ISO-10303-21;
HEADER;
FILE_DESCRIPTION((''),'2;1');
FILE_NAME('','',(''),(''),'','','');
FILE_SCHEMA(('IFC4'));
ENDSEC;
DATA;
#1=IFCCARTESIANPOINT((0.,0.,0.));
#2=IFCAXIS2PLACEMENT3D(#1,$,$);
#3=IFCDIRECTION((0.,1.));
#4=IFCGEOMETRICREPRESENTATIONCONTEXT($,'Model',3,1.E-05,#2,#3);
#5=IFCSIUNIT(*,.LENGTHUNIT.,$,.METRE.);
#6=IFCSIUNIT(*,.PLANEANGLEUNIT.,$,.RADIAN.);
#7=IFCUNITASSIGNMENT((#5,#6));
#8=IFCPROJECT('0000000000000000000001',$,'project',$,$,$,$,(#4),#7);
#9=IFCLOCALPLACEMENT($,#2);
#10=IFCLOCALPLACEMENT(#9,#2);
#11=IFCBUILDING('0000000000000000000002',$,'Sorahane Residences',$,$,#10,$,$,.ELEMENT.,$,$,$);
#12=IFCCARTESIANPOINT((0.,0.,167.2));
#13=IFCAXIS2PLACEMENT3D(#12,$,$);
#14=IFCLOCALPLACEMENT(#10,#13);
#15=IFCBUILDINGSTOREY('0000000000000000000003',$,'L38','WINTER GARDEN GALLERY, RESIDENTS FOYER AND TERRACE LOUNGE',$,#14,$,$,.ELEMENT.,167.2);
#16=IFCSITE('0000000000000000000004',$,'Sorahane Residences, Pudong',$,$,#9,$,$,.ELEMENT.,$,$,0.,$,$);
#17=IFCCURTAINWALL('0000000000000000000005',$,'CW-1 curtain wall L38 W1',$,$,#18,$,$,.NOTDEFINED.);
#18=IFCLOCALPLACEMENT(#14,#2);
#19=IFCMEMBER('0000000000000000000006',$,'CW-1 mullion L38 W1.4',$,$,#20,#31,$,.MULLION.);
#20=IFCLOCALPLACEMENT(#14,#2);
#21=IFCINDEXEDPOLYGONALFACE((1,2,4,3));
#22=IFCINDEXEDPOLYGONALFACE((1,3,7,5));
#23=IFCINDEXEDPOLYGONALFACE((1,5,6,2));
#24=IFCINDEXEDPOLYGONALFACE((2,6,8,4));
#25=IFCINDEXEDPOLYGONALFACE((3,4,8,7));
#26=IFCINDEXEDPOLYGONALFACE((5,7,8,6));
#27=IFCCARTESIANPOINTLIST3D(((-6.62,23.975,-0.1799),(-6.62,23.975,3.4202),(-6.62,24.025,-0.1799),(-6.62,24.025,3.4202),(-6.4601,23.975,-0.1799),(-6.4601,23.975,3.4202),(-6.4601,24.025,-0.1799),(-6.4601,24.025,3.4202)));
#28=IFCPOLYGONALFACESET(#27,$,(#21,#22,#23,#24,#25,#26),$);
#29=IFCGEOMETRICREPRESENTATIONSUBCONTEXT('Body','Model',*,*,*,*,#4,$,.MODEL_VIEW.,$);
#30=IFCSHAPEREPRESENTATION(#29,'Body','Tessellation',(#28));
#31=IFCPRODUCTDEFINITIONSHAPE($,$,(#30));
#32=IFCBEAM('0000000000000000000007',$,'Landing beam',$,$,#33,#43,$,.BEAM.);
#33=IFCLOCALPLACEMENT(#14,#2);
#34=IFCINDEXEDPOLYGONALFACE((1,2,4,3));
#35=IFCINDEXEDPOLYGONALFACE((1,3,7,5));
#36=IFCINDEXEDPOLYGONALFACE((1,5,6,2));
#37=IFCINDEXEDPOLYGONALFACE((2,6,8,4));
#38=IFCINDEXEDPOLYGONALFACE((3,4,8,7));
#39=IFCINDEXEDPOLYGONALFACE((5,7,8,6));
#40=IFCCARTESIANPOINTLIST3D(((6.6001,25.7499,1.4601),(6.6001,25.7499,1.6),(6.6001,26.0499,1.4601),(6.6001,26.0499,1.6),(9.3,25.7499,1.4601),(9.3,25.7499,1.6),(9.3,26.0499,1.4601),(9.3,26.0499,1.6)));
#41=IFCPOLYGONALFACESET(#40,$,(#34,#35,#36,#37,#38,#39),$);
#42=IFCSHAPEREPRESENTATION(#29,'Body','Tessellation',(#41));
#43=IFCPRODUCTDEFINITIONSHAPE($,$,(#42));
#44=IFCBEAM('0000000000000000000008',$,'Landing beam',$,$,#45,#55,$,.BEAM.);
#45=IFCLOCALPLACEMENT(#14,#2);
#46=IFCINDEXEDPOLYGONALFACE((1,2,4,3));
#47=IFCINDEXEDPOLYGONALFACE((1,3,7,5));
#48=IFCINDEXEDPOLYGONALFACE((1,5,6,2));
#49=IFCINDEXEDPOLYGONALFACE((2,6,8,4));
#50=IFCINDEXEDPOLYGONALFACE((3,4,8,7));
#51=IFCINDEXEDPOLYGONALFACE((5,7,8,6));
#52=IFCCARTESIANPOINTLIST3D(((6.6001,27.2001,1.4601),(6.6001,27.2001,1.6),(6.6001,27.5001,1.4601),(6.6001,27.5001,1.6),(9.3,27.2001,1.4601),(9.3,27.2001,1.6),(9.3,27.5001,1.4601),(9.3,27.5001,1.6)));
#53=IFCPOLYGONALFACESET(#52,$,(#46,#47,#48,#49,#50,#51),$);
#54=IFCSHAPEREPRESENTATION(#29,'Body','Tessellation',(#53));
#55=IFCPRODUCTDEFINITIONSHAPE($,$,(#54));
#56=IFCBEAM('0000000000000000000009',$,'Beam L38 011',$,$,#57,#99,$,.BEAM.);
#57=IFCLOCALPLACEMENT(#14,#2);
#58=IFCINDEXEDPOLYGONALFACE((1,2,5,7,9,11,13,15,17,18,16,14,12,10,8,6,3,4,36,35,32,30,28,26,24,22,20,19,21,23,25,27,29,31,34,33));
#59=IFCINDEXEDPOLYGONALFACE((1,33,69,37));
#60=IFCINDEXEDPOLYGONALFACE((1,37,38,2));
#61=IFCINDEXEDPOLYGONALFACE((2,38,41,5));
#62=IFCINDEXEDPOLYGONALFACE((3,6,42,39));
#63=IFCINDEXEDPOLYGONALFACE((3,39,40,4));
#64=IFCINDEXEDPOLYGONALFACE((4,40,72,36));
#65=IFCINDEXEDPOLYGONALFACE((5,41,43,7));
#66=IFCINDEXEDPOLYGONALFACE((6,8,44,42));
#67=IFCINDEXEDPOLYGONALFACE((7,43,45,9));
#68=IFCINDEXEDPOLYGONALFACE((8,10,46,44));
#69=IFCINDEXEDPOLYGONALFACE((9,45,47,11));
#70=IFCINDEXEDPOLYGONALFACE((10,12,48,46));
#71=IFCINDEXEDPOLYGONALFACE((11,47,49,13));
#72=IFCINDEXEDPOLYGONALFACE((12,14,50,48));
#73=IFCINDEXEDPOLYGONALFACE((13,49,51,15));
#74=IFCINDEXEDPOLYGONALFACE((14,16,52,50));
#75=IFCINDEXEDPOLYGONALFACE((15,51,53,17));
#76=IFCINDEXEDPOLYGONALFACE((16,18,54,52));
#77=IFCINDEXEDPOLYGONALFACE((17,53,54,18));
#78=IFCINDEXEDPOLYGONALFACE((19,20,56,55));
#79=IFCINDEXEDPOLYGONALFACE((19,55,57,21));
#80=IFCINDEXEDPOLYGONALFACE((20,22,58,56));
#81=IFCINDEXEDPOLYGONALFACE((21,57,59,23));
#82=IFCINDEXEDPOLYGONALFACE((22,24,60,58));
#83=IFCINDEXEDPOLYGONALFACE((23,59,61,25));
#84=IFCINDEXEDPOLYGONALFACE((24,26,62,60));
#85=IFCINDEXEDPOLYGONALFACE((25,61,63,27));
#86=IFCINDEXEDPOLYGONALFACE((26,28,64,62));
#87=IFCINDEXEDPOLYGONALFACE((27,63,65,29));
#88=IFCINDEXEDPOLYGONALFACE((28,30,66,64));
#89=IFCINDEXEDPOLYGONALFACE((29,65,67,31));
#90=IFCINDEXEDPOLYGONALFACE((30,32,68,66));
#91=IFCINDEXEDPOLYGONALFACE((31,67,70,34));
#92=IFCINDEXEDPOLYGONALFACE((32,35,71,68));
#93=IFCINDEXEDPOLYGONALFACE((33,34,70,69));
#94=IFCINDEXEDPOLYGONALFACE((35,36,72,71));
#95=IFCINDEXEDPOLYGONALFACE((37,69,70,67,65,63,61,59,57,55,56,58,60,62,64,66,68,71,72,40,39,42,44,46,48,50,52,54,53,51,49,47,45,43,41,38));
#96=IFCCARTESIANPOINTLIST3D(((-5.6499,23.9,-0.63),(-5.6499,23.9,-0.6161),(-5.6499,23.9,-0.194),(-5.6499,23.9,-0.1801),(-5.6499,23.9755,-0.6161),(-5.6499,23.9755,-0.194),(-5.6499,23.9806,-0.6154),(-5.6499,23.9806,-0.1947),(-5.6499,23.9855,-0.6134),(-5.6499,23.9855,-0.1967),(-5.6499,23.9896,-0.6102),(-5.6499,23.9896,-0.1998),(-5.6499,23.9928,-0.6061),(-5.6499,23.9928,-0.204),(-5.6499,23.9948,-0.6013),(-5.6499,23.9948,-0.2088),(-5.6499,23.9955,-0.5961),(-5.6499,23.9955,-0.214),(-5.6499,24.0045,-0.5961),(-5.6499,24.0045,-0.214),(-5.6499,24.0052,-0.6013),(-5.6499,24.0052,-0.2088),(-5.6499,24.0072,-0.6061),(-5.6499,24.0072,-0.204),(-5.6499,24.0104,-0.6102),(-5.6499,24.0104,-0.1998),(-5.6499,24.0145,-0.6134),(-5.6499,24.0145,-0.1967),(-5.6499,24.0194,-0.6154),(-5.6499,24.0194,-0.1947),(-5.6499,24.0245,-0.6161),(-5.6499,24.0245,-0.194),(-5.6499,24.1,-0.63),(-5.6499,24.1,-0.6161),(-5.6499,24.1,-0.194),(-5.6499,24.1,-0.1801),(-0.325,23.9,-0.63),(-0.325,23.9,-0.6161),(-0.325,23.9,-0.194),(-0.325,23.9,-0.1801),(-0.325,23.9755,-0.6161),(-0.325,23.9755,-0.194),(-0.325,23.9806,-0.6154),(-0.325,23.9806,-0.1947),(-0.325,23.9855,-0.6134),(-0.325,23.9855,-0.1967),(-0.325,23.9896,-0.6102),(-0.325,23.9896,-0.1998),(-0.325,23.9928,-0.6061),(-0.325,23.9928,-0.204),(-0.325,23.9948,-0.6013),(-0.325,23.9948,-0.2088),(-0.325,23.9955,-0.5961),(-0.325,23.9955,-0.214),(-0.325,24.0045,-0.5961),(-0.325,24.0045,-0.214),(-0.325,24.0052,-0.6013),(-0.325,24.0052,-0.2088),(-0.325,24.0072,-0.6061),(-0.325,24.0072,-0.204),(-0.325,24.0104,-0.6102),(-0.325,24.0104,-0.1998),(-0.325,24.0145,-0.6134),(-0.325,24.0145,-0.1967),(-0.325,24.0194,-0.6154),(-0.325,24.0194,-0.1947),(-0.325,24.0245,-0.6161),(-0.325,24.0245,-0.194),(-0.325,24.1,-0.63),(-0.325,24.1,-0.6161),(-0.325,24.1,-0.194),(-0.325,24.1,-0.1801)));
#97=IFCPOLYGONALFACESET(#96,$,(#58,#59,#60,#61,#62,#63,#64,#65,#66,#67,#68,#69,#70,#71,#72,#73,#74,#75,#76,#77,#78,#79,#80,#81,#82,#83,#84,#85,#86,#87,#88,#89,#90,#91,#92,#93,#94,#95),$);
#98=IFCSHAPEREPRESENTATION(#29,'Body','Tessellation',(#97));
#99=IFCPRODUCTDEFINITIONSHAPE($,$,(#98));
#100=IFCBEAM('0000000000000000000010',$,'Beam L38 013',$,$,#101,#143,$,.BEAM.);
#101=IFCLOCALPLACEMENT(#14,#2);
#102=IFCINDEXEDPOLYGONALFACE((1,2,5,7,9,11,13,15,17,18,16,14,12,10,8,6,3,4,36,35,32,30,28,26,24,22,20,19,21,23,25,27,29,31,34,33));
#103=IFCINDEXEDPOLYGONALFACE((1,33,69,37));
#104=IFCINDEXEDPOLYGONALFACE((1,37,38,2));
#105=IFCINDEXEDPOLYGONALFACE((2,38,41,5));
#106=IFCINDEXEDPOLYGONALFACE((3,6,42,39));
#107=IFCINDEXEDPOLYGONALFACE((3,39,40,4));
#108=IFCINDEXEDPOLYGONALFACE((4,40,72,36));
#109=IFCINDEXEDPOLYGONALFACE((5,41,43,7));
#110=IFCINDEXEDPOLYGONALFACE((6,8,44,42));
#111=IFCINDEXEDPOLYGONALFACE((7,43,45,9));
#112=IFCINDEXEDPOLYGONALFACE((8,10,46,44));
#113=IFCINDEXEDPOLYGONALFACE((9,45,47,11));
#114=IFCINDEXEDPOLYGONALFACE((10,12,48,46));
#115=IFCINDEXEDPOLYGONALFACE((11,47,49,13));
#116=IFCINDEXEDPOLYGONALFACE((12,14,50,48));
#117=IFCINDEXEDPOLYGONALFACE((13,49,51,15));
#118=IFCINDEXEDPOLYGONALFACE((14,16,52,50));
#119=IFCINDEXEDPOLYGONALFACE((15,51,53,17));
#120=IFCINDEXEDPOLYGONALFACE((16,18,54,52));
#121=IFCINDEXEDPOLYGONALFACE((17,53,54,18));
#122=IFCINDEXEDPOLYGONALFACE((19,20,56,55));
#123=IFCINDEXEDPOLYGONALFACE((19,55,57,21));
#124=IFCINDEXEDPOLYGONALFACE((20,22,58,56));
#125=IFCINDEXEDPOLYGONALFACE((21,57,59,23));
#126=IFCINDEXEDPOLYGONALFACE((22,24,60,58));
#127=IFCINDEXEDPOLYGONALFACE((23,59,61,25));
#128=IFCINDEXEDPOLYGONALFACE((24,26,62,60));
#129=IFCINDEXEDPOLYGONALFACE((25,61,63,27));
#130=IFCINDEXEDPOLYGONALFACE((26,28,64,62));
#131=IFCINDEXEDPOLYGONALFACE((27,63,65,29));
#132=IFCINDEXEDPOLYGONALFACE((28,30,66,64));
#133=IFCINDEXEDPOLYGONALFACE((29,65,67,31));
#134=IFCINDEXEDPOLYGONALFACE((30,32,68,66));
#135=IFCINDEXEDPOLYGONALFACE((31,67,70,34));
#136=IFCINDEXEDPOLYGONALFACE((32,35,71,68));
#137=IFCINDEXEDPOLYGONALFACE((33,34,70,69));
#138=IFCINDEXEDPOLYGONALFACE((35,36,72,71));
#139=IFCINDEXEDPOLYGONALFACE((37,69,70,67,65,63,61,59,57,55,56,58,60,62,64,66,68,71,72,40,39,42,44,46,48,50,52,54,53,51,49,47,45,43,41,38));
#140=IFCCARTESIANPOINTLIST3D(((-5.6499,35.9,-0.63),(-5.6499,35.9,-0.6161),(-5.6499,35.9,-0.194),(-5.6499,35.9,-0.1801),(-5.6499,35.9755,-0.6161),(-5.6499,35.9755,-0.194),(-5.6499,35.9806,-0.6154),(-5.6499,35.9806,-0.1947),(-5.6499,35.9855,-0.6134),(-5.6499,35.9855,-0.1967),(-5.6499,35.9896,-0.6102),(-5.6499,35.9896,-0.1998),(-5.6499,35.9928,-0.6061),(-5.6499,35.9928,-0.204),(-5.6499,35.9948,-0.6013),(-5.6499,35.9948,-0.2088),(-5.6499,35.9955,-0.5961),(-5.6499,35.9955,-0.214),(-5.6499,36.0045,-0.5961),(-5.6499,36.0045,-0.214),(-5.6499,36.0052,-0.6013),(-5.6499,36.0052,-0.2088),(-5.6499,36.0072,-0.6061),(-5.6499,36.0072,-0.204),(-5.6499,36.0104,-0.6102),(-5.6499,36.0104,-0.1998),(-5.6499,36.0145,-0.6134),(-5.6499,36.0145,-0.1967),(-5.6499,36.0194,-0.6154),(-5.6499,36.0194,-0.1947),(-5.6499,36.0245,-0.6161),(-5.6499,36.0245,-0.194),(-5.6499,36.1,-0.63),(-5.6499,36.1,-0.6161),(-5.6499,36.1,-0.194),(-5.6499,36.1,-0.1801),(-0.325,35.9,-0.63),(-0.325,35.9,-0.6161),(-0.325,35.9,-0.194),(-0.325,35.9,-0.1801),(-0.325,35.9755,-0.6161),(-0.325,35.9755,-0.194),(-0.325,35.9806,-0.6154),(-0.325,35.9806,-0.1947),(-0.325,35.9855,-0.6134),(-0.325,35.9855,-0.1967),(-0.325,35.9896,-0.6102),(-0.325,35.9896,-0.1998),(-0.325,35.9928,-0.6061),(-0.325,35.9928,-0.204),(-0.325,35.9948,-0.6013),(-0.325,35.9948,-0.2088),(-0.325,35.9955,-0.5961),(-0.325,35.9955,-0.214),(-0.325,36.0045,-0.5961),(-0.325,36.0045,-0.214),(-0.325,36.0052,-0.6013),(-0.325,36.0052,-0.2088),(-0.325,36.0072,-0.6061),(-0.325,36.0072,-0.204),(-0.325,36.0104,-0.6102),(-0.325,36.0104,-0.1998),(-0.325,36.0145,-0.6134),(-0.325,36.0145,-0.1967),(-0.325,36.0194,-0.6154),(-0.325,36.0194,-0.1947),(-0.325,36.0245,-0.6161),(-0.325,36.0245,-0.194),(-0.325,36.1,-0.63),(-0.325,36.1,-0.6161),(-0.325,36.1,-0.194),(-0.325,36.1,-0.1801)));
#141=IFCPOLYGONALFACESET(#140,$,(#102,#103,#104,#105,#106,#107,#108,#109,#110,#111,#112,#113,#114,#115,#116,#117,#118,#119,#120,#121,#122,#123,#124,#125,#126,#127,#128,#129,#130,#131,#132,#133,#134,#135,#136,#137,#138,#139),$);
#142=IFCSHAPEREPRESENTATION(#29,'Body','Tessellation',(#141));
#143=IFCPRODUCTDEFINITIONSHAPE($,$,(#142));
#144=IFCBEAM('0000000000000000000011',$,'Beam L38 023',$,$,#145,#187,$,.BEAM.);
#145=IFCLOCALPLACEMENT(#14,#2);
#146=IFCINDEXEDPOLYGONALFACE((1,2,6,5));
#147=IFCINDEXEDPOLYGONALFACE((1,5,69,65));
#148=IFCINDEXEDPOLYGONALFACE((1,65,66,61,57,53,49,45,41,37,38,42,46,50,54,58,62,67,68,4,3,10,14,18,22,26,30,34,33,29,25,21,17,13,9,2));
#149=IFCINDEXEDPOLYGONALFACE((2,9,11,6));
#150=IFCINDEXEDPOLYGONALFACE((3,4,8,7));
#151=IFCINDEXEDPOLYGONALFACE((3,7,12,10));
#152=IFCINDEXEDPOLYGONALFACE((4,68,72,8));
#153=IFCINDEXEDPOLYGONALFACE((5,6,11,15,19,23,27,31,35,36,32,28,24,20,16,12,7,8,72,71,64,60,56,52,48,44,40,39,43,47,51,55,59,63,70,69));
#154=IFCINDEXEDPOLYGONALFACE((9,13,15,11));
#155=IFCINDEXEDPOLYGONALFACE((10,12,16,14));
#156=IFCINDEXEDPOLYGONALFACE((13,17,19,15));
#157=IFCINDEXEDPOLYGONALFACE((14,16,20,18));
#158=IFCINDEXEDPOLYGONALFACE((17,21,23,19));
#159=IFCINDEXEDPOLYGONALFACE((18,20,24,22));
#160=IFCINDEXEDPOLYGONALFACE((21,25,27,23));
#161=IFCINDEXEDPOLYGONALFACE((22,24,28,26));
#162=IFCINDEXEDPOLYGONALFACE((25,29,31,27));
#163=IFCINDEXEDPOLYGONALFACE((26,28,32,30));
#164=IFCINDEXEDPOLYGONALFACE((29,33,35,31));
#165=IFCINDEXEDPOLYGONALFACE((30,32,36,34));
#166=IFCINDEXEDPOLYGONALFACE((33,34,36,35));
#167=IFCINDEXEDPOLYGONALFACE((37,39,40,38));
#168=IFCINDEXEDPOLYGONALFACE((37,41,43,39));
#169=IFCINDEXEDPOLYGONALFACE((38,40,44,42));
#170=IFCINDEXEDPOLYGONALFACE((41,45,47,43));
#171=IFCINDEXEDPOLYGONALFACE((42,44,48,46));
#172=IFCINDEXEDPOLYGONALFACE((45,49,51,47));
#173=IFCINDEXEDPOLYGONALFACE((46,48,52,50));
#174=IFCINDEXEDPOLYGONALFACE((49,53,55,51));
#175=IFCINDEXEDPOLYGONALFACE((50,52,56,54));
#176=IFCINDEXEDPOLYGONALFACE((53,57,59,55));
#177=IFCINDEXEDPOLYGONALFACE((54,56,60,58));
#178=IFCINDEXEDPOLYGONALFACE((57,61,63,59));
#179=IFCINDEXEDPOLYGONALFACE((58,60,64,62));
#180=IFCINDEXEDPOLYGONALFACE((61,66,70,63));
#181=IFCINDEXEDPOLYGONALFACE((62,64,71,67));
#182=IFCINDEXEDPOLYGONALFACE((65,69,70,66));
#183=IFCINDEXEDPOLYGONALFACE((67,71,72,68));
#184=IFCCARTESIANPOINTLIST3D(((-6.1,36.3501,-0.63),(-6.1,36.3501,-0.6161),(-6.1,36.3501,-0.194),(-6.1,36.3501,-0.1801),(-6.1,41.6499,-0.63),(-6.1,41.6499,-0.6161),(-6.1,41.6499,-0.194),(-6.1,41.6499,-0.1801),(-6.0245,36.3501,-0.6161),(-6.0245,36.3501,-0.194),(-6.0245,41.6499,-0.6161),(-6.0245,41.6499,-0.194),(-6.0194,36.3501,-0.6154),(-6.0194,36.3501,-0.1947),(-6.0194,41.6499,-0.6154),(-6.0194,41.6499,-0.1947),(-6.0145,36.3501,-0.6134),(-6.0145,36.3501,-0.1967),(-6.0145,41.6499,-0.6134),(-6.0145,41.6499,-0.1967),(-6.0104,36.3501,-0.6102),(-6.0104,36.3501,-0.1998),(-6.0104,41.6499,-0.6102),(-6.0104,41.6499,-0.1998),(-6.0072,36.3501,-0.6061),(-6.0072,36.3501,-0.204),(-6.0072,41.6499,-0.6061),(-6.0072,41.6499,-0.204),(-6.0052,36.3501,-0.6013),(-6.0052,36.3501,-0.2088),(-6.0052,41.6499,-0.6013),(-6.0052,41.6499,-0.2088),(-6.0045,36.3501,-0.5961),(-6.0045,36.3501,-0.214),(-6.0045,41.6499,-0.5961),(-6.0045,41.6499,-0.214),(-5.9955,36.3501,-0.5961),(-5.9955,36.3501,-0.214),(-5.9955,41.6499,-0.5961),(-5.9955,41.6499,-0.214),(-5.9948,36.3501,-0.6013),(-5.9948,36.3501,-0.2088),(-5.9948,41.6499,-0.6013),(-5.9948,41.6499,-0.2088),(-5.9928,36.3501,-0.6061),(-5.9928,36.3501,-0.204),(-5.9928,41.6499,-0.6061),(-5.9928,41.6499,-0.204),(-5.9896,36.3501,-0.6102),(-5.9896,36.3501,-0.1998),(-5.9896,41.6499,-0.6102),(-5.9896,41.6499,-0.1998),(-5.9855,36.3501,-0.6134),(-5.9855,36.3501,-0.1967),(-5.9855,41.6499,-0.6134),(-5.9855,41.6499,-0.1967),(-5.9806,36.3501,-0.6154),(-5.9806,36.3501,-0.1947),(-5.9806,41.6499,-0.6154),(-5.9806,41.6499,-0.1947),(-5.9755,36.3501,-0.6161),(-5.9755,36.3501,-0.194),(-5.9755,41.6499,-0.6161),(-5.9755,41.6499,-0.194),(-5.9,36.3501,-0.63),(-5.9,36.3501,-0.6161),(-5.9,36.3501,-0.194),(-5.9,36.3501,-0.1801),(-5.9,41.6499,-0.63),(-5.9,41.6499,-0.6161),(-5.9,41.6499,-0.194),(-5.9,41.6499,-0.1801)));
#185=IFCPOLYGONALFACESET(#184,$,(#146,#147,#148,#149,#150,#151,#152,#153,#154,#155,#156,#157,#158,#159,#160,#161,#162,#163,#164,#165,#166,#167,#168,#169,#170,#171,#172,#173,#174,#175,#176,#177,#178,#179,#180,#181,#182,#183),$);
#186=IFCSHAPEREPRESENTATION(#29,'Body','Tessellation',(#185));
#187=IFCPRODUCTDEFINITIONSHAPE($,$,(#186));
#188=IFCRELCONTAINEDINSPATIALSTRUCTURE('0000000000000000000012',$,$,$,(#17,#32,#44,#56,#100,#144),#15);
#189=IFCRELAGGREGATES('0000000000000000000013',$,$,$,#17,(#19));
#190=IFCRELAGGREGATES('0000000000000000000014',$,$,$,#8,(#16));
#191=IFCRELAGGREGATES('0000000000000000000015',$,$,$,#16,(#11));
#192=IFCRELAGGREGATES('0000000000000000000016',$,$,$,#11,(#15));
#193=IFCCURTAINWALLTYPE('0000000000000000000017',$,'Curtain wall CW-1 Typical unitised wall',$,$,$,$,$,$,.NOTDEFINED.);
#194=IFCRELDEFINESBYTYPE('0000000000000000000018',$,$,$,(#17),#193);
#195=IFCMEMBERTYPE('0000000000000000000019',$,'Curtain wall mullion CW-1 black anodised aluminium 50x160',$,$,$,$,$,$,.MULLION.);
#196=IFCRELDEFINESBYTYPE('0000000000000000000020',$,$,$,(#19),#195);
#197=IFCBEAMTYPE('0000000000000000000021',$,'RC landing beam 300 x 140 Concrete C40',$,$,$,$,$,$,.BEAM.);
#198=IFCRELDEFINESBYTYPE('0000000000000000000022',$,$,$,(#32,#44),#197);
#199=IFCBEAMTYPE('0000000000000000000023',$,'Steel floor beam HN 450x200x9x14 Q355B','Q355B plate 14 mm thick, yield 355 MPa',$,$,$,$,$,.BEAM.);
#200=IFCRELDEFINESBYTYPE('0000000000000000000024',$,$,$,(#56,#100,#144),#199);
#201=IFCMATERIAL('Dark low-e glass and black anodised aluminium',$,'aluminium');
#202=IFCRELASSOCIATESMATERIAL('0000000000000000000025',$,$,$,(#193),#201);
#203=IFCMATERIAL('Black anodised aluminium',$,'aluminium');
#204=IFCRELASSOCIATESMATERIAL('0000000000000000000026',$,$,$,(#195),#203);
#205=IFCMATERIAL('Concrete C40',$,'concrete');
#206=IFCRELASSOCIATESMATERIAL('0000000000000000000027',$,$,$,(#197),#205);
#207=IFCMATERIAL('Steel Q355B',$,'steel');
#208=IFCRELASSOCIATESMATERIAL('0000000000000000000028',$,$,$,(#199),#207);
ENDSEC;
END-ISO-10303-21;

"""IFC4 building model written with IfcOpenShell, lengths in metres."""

from ifc_helpers import new_model, si_unit, direction, frame, origin, origin_2d, place, context, subcontext, project, spatial, rectangle, i_section, extrude, material, material_profile, profile_set, type_object, element, aggregate, save


model = new_model("IFC4")

# Units and contexts
model_context = context("Model", 3, precision=1e-05, world=origin(), true_north=direction((0.0, 1.0)))
body_context = subcontext(model_context, "Body", "Model", "MODEL_VIEW")
ifc_project = project(units=[si_unit("LENGTHUNIT", "METRE"), si_unit("PLANEANGLEUNIT", "RADIAN")], contexts=[model_context])

# Site, building, storey
site_placement = place(None, origin())
site = spatial("IfcSite", under=ifc_project, at=site_placement, Name="Sorahane Residences, Pudong", CompositionType="ELEMENT", RefElevation=0.0)
building_placement = place(site_placement, origin())
building = spatial("IfcBuilding", under=site, at=building_placement, Name="Sorahane Residences", CompositionType="ELEMENT")
storey_placement = place(building_placement, frame((0.0, 0.0, 167.2)))
storey = spatial("IfcBuildingStorey", under=building, at=storey_placement, Name="L38", Description="WINTER GARDEN GALLERY, RESIDENTS FOYER AND TERRACE LOUNGE", CompositionType="ELEMENT", Elevation=167.2)

# Curtain wall, member
ifc_material_1 = material(Name="Dark low-e glass and black anodised aluminium", Category="aluminium")
curtain_wall_type = type_object("IfcCurtainWallType", Name="Curtain wall CW-1 Typical unitised wall", PredefinedType="NOTDEFINED", material=ifc_material_1)
curtain_wall_placement = place(storey_placement, origin())
curtain_wall = element("IfcCurtainWall", 1, at=curtain_wall_placement, inside=storey, type_object=curtain_wall_type, Name="CW-1 curtain wall L38 W1", PredefinedType="NOTDEFINED")
ifc_material_2 = material(Name="Black anodised aluminium", Category="aluminium")
ifc_material_profile_1 = material_profile(ifc_material_2, rectangle(XDim=0.1599, YDim=0.05, at=origin_2d()), Name="Curtain wall mullion CW-1 black anodised aluminium 50x160")
ifc_profile_set_1 = profile_set([ifc_material_profile_1], Name="Black anodised aluminium")
member_type_1 = type_object("IfcMemberType", Name="Curtain wall mullion CW-1 black anodised aluminium 50x160", PredefinedType="MULLION", material=ifc_profile_set_1)
member_1_placement = place(storey_placement, frame((-6.54, 24.0, -0.1799), z_axis=(0.0, 0.0, 1.0), x_axis=(-1.0, 0.0, 0.0)))
member_1 = element("IfcMember", 2, at=member_1_placement, type_object=member_type_1, Name="CW-1 mullion L38 W1.4", PredefinedType="MULLION", context=body_context, shape_type="SweptSolid", body=[
    extrude(rectangle(XDim=0.1599, YDim=0.05, at=origin_2d()), origin(), (0.0, 0.0, 1.0), 3.6001),
])

# Beams
ifc_material_3 = material(Name="Concrete C40", Category="concrete")
ifc_material_profile_2 = material_profile(ifc_material_3, rectangle(XDim=0.3, YDim=0.1399, at=origin_2d()), Name="300x140")
ifc_profile_set_2 = profile_set([ifc_material_profile_2], Name="Concrete C40")
beam_type_1 = type_object("IfcBeamType", Name="RC landing beam 300 x 140 Concrete C40", PredefinedType="BEAM", material=ifc_profile_set_2)
for number, where, z_axis, x_axis, name in (
    (3, (6.6001, 25.8999, 1.53), (1.0, 0.0, 0.0), (0.0, 1.0, 0.0), "Landing beam"),
    (4, (6.6001, 27.3501, 1.53), (1.0, 0.0, 0.0), (0.0, 1.0, 0.0), "Landing beam"),
):
    element("IfcBeam", number, at=place(storey_placement, frame(where, z_axis=z_axis, x_axis=x_axis)), inside=storey, type_object=beam_type_1, Name=name, PredefinedType="BEAM", context=body_context, shape_type="SweptSolid", body=[
        extrude(rectangle(XDim=0.3, YDim=0.1399, at=origin_2d()), origin(), (0.0, 0.0, 1.0), 2.7),
    ])
ifc_material_4 = material(Name="Steel Q355B", Category="steel")
ifc_material_profile_3 = material_profile(ifc_material_4, i_section(OverallWidth=0.2, OverallDepth=0.45, WebThickness=0.009, FlangeThickness=0.0139, FilletRadius=0.02, at=origin_2d()), Name="HN 450x200x9x14")
ifc_profile_set_3 = profile_set([ifc_material_profile_3], Name="Steel Q355B")
beam_type_2 = type_object("IfcBeamType", Name="Steel floor beam HN 450x200x9x14 Q355B", Description="Q355B plate 14 mm thick, yield 355 MPa", PredefinedType="BEAM", material=ifc_profile_set_3)
for number, where, z_axis, x_axis, name in (
    (5, (-5.6499, 24.0, -0.405), (1.0, 0.0, 0.0), (0.0, 1.0, 0.0), "Beam L38 011"),
    (6, (-5.6499, 36.0, -0.405), (1.0, 0.0, 0.0), (0.0, 1.0, 0.0), "Beam L38 013"),
):
    element("IfcBeam", number, at=place(storey_placement, frame(where, z_axis=z_axis, x_axis=x_axis)), inside=storey, type_object=beam_type_2, Name=name, PredefinedType="BEAM", context=body_context, shape_type="SweptSolid", body=[
        extrude(i_section(OverallWidth=0.2, OverallDepth=0.45, WebThickness=0.009, FlangeThickness=0.0139, FilletRadius=0.02, at=origin_2d()), origin(), (0.0, 0.0, 1.0), 5.325),
    ])
beam_1_placement = place(storey_placement, frame((-6.0, 36.3501, -0.405), z_axis=(0.0, 1.0, 0.0), x_axis=(-1.0, 0.0, 0.0)))
element("IfcBeam", 7, at=beam_1_placement, inside=storey, type_object=beam_type_2, Name="Beam L38 023", PredefinedType="BEAM", context=body_context, shape_type="SweptSolid", body=[
    extrude(i_section(OverallWidth=0.2, OverallDepth=0.45, WebThickness=0.009, FlangeThickness=0.0139, FilletRadius=0.02, at=origin_2d()), origin(), (0.0, 0.0, 1.0), 5.2998),
])

aggregate(curtain_wall, [member_1])

save(model, "model.ifc")
